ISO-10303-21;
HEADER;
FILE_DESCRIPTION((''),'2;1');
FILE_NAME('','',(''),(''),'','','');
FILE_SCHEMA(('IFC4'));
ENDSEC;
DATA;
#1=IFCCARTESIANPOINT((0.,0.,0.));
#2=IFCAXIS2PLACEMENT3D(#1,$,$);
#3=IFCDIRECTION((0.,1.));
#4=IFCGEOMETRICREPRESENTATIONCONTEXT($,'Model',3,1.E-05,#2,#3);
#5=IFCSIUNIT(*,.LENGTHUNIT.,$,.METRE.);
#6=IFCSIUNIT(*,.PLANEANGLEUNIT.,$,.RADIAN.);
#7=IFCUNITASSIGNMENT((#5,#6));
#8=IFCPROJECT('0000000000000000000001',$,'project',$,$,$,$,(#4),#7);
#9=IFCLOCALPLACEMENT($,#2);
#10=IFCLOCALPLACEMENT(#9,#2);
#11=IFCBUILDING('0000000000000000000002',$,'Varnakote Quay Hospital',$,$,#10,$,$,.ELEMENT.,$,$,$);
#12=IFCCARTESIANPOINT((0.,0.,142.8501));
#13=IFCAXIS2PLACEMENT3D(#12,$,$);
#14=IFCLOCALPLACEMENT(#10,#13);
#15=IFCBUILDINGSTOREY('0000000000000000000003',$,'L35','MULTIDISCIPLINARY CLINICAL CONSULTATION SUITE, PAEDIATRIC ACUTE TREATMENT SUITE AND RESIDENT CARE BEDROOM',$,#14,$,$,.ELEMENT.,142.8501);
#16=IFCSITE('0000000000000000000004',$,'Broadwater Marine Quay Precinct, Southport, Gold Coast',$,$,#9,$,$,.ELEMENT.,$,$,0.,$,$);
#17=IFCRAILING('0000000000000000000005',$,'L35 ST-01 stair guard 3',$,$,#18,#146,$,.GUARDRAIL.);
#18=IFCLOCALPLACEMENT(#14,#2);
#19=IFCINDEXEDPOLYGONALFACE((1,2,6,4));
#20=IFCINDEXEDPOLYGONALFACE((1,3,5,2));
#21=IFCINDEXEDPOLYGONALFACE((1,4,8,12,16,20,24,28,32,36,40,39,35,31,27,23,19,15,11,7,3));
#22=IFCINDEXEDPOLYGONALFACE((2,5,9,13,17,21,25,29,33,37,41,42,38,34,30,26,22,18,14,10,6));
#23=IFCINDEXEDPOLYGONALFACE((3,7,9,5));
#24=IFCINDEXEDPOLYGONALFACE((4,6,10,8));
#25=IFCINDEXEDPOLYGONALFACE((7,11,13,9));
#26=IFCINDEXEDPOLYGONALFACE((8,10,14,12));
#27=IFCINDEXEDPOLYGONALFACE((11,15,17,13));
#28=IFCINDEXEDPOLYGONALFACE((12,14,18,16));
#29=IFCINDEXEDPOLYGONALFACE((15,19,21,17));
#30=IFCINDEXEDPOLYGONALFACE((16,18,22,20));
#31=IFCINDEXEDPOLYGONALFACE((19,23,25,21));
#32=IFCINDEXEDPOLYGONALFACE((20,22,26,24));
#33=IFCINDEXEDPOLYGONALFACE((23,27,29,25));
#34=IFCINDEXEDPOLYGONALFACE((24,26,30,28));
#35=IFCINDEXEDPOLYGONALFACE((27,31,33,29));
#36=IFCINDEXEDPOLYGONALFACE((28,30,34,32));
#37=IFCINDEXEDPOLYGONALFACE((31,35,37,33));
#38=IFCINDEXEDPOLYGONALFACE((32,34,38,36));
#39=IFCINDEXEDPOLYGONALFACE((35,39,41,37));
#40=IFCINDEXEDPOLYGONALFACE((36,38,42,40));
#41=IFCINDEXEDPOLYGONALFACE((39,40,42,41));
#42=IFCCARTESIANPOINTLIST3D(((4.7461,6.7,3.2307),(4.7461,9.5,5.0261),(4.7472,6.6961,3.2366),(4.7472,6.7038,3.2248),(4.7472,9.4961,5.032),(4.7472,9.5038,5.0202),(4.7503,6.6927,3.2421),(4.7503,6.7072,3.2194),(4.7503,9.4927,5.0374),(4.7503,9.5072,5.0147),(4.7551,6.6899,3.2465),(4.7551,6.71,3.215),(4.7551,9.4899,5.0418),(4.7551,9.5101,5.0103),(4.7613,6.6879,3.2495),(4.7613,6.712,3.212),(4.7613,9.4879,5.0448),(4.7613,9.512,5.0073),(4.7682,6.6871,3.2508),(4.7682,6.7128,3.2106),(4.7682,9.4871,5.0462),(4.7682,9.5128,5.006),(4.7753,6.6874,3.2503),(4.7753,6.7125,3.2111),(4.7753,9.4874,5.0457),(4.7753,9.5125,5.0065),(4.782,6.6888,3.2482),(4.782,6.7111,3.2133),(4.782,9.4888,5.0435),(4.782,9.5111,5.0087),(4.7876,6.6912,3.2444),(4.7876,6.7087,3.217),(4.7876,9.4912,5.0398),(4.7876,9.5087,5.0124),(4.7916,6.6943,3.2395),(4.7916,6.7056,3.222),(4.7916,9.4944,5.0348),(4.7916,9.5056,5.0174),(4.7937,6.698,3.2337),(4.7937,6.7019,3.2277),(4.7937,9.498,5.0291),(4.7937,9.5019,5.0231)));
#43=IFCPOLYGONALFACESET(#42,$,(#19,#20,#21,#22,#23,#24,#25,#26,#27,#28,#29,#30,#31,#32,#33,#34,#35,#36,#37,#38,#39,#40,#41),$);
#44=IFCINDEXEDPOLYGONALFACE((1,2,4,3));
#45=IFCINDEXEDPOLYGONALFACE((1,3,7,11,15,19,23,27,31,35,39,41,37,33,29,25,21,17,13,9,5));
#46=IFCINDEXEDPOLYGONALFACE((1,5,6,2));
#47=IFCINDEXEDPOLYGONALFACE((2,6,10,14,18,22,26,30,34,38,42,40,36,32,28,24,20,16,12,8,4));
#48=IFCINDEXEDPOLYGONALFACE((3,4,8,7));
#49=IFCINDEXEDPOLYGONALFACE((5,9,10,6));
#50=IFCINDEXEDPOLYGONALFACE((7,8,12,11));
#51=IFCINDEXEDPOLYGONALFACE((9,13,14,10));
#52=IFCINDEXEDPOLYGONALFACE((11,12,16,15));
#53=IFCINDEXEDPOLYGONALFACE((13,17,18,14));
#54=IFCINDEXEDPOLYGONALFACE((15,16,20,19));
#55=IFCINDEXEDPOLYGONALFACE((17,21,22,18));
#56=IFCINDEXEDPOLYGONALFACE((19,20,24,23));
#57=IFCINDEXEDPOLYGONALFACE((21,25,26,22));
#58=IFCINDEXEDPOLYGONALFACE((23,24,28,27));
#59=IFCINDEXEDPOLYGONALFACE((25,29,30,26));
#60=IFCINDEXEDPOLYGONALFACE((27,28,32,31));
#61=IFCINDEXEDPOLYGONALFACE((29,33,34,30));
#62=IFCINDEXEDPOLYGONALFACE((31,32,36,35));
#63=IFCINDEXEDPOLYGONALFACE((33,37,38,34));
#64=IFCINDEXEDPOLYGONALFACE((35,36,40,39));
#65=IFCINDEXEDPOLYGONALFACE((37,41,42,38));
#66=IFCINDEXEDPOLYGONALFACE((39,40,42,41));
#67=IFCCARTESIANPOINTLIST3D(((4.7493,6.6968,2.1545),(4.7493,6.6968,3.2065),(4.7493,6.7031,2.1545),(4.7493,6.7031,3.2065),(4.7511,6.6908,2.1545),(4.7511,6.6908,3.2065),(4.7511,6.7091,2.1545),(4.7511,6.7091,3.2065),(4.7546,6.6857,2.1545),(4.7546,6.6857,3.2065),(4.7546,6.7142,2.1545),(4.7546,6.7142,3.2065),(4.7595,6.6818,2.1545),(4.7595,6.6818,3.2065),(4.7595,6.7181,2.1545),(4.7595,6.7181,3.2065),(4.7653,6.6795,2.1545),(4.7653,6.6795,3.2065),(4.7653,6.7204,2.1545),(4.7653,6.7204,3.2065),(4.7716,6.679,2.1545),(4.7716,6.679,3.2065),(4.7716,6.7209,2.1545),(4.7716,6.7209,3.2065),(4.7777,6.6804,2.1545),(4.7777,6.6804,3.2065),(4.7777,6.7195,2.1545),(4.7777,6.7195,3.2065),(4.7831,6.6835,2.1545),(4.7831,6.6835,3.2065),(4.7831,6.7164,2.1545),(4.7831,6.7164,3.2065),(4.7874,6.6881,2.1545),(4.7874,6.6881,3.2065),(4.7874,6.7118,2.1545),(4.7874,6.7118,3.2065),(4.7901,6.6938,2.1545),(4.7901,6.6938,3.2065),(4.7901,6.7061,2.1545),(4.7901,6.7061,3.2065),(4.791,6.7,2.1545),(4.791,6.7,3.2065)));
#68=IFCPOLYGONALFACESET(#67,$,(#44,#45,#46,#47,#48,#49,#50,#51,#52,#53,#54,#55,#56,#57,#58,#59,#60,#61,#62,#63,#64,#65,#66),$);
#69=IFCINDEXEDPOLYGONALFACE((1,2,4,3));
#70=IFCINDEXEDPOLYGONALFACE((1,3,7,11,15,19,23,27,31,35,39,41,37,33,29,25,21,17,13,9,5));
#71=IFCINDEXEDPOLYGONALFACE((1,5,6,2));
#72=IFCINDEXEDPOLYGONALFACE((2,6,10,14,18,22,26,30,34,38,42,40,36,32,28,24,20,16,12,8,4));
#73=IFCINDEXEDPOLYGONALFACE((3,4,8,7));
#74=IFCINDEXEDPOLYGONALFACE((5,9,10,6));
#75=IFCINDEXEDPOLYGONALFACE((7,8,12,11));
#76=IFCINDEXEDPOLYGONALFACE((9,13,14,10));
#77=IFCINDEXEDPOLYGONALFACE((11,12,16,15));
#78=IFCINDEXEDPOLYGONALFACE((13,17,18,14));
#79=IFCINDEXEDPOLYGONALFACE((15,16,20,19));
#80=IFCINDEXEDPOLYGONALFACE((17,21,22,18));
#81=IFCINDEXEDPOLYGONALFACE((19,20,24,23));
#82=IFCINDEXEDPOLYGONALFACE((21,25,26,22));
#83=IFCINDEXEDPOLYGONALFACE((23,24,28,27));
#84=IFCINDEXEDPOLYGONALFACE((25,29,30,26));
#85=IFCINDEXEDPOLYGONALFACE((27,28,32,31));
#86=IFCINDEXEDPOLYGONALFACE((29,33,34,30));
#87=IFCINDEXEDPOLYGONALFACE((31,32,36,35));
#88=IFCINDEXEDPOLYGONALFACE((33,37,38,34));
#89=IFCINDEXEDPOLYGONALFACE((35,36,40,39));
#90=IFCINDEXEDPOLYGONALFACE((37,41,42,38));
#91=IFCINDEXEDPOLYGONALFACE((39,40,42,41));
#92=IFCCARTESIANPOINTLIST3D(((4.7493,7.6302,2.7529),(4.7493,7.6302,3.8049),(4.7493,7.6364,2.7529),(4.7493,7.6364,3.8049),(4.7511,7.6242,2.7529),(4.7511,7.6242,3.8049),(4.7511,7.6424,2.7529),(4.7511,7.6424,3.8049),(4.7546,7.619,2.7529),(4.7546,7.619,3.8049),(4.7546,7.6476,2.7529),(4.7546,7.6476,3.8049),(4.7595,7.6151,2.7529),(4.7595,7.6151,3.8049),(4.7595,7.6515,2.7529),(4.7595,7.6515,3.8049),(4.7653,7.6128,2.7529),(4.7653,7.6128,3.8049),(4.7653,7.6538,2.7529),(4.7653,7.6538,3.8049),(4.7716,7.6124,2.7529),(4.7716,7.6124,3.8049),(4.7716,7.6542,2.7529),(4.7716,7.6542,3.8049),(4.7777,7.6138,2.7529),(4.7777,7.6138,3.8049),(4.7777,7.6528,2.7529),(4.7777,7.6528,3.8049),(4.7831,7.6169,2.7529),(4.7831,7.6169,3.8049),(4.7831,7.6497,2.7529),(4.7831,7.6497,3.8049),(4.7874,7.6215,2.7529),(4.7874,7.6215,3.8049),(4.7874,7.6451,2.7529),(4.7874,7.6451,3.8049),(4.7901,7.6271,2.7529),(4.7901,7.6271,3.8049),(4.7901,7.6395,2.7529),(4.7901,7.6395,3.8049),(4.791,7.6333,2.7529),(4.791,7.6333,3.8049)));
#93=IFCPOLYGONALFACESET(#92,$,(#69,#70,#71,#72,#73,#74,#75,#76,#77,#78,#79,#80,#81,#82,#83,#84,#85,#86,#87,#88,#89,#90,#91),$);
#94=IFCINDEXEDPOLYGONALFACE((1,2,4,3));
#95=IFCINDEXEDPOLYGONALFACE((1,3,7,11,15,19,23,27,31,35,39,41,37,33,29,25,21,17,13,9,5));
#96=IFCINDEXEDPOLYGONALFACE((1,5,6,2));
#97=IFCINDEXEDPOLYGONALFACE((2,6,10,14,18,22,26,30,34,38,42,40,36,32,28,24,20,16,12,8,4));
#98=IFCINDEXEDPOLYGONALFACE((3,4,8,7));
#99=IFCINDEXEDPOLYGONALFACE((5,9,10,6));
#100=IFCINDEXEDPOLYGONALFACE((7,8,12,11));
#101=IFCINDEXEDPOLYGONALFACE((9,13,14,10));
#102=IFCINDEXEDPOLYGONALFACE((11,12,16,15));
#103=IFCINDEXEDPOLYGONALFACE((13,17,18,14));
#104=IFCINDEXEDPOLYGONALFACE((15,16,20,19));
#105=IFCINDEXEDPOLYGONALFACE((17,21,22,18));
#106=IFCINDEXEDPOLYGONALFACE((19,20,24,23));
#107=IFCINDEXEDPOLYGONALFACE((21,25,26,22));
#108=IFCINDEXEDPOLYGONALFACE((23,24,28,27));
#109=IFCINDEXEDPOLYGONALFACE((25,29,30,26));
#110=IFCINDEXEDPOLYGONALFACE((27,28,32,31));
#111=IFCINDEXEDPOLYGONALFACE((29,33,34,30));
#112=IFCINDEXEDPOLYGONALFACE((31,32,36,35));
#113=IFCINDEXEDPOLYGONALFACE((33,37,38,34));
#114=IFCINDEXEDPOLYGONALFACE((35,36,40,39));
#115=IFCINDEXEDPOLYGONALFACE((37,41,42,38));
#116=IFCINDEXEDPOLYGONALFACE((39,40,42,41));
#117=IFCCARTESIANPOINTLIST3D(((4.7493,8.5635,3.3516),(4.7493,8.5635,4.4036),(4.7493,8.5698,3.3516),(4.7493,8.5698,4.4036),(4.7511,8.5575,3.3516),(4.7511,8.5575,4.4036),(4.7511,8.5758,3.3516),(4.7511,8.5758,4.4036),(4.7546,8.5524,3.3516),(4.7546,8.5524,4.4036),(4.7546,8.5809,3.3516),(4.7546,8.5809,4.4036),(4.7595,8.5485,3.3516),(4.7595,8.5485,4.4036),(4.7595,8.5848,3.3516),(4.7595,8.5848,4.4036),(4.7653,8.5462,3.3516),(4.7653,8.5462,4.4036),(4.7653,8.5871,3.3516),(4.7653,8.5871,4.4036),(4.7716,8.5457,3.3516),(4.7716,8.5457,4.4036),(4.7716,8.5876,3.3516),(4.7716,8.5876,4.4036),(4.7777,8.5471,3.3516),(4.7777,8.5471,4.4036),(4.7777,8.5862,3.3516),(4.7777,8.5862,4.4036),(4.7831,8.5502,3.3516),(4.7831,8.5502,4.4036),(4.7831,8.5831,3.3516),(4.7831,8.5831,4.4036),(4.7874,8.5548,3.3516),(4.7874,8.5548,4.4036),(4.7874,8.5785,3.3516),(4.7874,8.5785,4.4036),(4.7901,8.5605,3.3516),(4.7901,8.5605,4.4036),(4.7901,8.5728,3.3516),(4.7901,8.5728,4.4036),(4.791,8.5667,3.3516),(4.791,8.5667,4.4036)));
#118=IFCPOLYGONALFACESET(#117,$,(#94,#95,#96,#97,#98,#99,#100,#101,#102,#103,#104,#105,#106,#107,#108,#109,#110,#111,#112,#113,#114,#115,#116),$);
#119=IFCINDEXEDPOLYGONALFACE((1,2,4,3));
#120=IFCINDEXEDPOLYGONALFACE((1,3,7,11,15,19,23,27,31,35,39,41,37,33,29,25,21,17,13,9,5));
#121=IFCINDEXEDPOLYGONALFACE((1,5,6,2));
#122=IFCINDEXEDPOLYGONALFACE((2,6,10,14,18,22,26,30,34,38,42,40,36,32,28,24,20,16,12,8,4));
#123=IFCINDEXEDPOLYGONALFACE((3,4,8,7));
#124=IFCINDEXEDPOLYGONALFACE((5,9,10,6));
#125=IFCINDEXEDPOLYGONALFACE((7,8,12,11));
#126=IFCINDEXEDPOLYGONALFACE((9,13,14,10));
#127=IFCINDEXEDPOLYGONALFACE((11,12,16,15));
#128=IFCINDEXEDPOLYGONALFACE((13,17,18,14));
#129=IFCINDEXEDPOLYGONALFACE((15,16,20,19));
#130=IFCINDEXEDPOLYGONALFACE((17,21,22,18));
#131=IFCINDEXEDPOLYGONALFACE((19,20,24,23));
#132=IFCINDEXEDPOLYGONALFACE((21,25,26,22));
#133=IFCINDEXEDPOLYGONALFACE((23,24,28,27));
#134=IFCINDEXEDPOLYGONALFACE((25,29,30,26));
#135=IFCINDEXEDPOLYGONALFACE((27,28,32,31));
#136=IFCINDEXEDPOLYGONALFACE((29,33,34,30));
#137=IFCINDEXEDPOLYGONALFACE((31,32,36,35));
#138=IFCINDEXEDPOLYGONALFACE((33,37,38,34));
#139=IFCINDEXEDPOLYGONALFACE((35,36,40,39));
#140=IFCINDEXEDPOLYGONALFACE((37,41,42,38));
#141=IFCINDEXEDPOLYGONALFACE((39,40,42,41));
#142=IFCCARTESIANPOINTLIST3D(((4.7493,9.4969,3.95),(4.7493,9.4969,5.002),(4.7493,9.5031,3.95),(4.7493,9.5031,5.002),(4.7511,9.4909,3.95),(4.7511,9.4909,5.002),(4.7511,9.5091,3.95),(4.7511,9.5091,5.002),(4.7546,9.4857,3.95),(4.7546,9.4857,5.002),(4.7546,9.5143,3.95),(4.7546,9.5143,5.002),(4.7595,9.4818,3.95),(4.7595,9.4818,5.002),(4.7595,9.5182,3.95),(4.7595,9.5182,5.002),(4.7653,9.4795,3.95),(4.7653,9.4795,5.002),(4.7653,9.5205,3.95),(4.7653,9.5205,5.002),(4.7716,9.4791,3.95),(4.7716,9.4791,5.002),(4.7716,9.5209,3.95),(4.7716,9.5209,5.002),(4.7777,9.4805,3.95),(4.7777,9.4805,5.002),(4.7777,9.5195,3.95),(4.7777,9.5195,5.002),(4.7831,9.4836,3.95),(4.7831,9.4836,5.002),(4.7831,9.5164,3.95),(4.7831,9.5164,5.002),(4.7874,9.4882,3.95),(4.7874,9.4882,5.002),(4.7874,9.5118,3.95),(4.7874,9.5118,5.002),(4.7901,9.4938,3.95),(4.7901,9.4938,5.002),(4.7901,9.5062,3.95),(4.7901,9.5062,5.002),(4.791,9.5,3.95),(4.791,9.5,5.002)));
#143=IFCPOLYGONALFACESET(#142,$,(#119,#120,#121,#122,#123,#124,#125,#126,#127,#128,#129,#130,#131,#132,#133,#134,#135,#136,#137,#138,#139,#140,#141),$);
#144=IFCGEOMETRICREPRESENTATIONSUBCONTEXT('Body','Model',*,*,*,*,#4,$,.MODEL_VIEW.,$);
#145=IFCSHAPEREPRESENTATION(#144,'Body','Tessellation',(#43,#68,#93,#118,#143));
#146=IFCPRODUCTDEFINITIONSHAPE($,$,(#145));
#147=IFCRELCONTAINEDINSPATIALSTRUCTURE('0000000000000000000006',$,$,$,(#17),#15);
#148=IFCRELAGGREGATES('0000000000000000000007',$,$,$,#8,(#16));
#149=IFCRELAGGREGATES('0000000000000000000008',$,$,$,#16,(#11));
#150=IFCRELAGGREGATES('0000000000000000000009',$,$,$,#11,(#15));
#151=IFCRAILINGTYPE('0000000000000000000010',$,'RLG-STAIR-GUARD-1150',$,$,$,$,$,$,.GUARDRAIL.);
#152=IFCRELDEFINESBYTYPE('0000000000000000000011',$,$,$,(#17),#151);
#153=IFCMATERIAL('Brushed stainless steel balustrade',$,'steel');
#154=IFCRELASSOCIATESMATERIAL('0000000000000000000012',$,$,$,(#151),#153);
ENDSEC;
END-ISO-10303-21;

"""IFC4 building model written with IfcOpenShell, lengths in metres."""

from ifc_helpers import new_model, si_unit, direction, frame, origin, origin_2d, place, context, subcontext, project, spatial, circle, extrude, material, type_object, element, save


model = new_model("IFC4")

# Units and contexts
model_context = context("Model", 3, precision=1e-05, world=origin(), true_north=direction((0.0, 1.0)))
body_context = subcontext(model_context, "Body", "Model", "MODEL_VIEW")
ifc_project = project(units=[si_unit("LENGTHUNIT", "METRE"), si_unit("PLANEANGLEUNIT", "RADIAN")], contexts=[model_context])

# Site, building, storey
site_placement = place(None, origin())
site = spatial("IfcSite", under=ifc_project, at=site_placement, Name="Broadwater Marine Quay Precinct, Southport, Gold Coast", CompositionType="ELEMENT", RefElevation=0.0)
building_placement = place(site_placement, origin())
building = spatial("IfcBuilding", under=site, at=building_placement, Name="Varnakote Quay Hospital", CompositionType="ELEMENT")
storey_placement = place(building_placement, frame((0.0, 0.0, 142.8501)))
storey = spatial("IfcBuildingStorey", under=building, at=storey_placement, Name="L35", Description="MULTIDISCIPLINARY CLINICAL CONSULTATION SUITE, PAEDIATRIC ACUTE TREATMENT SUITE AND RESIDENT CARE BEDROOM", CompositionType="ELEMENT", Elevation=142.8501)

# Railing
ifc_material_1 = material(Name="Brushed stainless steel balustrade", Category="steel")
railing_type_1 = type_object("IfcRailingType", Name="RLG-STAIR-GUARD-1150", PredefinedType="GUARDRAIL", material=ifc_material_1)
railing_1_placement = place(storey_placement, frame((4.77, 6.7, 2.1545)))
element("IfcRailing", 1, at=railing_1_placement, inside=storey, type_object=railing_type_1, Name="L35 ST-01 stair guard 3", PredefinedType="GUARDRAIL", context=body_context, shape_type="SweptSolid", body=[
    extrude(circle(Radius=0.0239, at=origin_2d()), frame((0.0, 0.0, 1.0762), z_axis=(0.0, 0.84181, 0.539774), x_axis=(-1.0, 0.0, 0.0)), (0.0, 0.0, 1.0), 3.3262),
    extrude(circle(Radius=0.021, at=origin_2d()), origin(), (0.0, 0.0, 1.0), 1.052),
    extrude(circle(Radius=0.021, at=origin_2d()), frame((0.0, 0.9333, 0.5984)), (0.0, 0.0, 1.0), 1.052),
    extrude(circle(Radius=0.021, at=origin_2d()), frame((0.0, 1.8667, 1.197)), (0.0, 0.0, 1.0), 1.052),
    extrude(circle(Radius=0.021, at=origin_2d()), frame((0.0, 2.8, 1.7954)), (0.0, 0.0, 1.0), 1.052),
])

save(model, "model.ifc")
